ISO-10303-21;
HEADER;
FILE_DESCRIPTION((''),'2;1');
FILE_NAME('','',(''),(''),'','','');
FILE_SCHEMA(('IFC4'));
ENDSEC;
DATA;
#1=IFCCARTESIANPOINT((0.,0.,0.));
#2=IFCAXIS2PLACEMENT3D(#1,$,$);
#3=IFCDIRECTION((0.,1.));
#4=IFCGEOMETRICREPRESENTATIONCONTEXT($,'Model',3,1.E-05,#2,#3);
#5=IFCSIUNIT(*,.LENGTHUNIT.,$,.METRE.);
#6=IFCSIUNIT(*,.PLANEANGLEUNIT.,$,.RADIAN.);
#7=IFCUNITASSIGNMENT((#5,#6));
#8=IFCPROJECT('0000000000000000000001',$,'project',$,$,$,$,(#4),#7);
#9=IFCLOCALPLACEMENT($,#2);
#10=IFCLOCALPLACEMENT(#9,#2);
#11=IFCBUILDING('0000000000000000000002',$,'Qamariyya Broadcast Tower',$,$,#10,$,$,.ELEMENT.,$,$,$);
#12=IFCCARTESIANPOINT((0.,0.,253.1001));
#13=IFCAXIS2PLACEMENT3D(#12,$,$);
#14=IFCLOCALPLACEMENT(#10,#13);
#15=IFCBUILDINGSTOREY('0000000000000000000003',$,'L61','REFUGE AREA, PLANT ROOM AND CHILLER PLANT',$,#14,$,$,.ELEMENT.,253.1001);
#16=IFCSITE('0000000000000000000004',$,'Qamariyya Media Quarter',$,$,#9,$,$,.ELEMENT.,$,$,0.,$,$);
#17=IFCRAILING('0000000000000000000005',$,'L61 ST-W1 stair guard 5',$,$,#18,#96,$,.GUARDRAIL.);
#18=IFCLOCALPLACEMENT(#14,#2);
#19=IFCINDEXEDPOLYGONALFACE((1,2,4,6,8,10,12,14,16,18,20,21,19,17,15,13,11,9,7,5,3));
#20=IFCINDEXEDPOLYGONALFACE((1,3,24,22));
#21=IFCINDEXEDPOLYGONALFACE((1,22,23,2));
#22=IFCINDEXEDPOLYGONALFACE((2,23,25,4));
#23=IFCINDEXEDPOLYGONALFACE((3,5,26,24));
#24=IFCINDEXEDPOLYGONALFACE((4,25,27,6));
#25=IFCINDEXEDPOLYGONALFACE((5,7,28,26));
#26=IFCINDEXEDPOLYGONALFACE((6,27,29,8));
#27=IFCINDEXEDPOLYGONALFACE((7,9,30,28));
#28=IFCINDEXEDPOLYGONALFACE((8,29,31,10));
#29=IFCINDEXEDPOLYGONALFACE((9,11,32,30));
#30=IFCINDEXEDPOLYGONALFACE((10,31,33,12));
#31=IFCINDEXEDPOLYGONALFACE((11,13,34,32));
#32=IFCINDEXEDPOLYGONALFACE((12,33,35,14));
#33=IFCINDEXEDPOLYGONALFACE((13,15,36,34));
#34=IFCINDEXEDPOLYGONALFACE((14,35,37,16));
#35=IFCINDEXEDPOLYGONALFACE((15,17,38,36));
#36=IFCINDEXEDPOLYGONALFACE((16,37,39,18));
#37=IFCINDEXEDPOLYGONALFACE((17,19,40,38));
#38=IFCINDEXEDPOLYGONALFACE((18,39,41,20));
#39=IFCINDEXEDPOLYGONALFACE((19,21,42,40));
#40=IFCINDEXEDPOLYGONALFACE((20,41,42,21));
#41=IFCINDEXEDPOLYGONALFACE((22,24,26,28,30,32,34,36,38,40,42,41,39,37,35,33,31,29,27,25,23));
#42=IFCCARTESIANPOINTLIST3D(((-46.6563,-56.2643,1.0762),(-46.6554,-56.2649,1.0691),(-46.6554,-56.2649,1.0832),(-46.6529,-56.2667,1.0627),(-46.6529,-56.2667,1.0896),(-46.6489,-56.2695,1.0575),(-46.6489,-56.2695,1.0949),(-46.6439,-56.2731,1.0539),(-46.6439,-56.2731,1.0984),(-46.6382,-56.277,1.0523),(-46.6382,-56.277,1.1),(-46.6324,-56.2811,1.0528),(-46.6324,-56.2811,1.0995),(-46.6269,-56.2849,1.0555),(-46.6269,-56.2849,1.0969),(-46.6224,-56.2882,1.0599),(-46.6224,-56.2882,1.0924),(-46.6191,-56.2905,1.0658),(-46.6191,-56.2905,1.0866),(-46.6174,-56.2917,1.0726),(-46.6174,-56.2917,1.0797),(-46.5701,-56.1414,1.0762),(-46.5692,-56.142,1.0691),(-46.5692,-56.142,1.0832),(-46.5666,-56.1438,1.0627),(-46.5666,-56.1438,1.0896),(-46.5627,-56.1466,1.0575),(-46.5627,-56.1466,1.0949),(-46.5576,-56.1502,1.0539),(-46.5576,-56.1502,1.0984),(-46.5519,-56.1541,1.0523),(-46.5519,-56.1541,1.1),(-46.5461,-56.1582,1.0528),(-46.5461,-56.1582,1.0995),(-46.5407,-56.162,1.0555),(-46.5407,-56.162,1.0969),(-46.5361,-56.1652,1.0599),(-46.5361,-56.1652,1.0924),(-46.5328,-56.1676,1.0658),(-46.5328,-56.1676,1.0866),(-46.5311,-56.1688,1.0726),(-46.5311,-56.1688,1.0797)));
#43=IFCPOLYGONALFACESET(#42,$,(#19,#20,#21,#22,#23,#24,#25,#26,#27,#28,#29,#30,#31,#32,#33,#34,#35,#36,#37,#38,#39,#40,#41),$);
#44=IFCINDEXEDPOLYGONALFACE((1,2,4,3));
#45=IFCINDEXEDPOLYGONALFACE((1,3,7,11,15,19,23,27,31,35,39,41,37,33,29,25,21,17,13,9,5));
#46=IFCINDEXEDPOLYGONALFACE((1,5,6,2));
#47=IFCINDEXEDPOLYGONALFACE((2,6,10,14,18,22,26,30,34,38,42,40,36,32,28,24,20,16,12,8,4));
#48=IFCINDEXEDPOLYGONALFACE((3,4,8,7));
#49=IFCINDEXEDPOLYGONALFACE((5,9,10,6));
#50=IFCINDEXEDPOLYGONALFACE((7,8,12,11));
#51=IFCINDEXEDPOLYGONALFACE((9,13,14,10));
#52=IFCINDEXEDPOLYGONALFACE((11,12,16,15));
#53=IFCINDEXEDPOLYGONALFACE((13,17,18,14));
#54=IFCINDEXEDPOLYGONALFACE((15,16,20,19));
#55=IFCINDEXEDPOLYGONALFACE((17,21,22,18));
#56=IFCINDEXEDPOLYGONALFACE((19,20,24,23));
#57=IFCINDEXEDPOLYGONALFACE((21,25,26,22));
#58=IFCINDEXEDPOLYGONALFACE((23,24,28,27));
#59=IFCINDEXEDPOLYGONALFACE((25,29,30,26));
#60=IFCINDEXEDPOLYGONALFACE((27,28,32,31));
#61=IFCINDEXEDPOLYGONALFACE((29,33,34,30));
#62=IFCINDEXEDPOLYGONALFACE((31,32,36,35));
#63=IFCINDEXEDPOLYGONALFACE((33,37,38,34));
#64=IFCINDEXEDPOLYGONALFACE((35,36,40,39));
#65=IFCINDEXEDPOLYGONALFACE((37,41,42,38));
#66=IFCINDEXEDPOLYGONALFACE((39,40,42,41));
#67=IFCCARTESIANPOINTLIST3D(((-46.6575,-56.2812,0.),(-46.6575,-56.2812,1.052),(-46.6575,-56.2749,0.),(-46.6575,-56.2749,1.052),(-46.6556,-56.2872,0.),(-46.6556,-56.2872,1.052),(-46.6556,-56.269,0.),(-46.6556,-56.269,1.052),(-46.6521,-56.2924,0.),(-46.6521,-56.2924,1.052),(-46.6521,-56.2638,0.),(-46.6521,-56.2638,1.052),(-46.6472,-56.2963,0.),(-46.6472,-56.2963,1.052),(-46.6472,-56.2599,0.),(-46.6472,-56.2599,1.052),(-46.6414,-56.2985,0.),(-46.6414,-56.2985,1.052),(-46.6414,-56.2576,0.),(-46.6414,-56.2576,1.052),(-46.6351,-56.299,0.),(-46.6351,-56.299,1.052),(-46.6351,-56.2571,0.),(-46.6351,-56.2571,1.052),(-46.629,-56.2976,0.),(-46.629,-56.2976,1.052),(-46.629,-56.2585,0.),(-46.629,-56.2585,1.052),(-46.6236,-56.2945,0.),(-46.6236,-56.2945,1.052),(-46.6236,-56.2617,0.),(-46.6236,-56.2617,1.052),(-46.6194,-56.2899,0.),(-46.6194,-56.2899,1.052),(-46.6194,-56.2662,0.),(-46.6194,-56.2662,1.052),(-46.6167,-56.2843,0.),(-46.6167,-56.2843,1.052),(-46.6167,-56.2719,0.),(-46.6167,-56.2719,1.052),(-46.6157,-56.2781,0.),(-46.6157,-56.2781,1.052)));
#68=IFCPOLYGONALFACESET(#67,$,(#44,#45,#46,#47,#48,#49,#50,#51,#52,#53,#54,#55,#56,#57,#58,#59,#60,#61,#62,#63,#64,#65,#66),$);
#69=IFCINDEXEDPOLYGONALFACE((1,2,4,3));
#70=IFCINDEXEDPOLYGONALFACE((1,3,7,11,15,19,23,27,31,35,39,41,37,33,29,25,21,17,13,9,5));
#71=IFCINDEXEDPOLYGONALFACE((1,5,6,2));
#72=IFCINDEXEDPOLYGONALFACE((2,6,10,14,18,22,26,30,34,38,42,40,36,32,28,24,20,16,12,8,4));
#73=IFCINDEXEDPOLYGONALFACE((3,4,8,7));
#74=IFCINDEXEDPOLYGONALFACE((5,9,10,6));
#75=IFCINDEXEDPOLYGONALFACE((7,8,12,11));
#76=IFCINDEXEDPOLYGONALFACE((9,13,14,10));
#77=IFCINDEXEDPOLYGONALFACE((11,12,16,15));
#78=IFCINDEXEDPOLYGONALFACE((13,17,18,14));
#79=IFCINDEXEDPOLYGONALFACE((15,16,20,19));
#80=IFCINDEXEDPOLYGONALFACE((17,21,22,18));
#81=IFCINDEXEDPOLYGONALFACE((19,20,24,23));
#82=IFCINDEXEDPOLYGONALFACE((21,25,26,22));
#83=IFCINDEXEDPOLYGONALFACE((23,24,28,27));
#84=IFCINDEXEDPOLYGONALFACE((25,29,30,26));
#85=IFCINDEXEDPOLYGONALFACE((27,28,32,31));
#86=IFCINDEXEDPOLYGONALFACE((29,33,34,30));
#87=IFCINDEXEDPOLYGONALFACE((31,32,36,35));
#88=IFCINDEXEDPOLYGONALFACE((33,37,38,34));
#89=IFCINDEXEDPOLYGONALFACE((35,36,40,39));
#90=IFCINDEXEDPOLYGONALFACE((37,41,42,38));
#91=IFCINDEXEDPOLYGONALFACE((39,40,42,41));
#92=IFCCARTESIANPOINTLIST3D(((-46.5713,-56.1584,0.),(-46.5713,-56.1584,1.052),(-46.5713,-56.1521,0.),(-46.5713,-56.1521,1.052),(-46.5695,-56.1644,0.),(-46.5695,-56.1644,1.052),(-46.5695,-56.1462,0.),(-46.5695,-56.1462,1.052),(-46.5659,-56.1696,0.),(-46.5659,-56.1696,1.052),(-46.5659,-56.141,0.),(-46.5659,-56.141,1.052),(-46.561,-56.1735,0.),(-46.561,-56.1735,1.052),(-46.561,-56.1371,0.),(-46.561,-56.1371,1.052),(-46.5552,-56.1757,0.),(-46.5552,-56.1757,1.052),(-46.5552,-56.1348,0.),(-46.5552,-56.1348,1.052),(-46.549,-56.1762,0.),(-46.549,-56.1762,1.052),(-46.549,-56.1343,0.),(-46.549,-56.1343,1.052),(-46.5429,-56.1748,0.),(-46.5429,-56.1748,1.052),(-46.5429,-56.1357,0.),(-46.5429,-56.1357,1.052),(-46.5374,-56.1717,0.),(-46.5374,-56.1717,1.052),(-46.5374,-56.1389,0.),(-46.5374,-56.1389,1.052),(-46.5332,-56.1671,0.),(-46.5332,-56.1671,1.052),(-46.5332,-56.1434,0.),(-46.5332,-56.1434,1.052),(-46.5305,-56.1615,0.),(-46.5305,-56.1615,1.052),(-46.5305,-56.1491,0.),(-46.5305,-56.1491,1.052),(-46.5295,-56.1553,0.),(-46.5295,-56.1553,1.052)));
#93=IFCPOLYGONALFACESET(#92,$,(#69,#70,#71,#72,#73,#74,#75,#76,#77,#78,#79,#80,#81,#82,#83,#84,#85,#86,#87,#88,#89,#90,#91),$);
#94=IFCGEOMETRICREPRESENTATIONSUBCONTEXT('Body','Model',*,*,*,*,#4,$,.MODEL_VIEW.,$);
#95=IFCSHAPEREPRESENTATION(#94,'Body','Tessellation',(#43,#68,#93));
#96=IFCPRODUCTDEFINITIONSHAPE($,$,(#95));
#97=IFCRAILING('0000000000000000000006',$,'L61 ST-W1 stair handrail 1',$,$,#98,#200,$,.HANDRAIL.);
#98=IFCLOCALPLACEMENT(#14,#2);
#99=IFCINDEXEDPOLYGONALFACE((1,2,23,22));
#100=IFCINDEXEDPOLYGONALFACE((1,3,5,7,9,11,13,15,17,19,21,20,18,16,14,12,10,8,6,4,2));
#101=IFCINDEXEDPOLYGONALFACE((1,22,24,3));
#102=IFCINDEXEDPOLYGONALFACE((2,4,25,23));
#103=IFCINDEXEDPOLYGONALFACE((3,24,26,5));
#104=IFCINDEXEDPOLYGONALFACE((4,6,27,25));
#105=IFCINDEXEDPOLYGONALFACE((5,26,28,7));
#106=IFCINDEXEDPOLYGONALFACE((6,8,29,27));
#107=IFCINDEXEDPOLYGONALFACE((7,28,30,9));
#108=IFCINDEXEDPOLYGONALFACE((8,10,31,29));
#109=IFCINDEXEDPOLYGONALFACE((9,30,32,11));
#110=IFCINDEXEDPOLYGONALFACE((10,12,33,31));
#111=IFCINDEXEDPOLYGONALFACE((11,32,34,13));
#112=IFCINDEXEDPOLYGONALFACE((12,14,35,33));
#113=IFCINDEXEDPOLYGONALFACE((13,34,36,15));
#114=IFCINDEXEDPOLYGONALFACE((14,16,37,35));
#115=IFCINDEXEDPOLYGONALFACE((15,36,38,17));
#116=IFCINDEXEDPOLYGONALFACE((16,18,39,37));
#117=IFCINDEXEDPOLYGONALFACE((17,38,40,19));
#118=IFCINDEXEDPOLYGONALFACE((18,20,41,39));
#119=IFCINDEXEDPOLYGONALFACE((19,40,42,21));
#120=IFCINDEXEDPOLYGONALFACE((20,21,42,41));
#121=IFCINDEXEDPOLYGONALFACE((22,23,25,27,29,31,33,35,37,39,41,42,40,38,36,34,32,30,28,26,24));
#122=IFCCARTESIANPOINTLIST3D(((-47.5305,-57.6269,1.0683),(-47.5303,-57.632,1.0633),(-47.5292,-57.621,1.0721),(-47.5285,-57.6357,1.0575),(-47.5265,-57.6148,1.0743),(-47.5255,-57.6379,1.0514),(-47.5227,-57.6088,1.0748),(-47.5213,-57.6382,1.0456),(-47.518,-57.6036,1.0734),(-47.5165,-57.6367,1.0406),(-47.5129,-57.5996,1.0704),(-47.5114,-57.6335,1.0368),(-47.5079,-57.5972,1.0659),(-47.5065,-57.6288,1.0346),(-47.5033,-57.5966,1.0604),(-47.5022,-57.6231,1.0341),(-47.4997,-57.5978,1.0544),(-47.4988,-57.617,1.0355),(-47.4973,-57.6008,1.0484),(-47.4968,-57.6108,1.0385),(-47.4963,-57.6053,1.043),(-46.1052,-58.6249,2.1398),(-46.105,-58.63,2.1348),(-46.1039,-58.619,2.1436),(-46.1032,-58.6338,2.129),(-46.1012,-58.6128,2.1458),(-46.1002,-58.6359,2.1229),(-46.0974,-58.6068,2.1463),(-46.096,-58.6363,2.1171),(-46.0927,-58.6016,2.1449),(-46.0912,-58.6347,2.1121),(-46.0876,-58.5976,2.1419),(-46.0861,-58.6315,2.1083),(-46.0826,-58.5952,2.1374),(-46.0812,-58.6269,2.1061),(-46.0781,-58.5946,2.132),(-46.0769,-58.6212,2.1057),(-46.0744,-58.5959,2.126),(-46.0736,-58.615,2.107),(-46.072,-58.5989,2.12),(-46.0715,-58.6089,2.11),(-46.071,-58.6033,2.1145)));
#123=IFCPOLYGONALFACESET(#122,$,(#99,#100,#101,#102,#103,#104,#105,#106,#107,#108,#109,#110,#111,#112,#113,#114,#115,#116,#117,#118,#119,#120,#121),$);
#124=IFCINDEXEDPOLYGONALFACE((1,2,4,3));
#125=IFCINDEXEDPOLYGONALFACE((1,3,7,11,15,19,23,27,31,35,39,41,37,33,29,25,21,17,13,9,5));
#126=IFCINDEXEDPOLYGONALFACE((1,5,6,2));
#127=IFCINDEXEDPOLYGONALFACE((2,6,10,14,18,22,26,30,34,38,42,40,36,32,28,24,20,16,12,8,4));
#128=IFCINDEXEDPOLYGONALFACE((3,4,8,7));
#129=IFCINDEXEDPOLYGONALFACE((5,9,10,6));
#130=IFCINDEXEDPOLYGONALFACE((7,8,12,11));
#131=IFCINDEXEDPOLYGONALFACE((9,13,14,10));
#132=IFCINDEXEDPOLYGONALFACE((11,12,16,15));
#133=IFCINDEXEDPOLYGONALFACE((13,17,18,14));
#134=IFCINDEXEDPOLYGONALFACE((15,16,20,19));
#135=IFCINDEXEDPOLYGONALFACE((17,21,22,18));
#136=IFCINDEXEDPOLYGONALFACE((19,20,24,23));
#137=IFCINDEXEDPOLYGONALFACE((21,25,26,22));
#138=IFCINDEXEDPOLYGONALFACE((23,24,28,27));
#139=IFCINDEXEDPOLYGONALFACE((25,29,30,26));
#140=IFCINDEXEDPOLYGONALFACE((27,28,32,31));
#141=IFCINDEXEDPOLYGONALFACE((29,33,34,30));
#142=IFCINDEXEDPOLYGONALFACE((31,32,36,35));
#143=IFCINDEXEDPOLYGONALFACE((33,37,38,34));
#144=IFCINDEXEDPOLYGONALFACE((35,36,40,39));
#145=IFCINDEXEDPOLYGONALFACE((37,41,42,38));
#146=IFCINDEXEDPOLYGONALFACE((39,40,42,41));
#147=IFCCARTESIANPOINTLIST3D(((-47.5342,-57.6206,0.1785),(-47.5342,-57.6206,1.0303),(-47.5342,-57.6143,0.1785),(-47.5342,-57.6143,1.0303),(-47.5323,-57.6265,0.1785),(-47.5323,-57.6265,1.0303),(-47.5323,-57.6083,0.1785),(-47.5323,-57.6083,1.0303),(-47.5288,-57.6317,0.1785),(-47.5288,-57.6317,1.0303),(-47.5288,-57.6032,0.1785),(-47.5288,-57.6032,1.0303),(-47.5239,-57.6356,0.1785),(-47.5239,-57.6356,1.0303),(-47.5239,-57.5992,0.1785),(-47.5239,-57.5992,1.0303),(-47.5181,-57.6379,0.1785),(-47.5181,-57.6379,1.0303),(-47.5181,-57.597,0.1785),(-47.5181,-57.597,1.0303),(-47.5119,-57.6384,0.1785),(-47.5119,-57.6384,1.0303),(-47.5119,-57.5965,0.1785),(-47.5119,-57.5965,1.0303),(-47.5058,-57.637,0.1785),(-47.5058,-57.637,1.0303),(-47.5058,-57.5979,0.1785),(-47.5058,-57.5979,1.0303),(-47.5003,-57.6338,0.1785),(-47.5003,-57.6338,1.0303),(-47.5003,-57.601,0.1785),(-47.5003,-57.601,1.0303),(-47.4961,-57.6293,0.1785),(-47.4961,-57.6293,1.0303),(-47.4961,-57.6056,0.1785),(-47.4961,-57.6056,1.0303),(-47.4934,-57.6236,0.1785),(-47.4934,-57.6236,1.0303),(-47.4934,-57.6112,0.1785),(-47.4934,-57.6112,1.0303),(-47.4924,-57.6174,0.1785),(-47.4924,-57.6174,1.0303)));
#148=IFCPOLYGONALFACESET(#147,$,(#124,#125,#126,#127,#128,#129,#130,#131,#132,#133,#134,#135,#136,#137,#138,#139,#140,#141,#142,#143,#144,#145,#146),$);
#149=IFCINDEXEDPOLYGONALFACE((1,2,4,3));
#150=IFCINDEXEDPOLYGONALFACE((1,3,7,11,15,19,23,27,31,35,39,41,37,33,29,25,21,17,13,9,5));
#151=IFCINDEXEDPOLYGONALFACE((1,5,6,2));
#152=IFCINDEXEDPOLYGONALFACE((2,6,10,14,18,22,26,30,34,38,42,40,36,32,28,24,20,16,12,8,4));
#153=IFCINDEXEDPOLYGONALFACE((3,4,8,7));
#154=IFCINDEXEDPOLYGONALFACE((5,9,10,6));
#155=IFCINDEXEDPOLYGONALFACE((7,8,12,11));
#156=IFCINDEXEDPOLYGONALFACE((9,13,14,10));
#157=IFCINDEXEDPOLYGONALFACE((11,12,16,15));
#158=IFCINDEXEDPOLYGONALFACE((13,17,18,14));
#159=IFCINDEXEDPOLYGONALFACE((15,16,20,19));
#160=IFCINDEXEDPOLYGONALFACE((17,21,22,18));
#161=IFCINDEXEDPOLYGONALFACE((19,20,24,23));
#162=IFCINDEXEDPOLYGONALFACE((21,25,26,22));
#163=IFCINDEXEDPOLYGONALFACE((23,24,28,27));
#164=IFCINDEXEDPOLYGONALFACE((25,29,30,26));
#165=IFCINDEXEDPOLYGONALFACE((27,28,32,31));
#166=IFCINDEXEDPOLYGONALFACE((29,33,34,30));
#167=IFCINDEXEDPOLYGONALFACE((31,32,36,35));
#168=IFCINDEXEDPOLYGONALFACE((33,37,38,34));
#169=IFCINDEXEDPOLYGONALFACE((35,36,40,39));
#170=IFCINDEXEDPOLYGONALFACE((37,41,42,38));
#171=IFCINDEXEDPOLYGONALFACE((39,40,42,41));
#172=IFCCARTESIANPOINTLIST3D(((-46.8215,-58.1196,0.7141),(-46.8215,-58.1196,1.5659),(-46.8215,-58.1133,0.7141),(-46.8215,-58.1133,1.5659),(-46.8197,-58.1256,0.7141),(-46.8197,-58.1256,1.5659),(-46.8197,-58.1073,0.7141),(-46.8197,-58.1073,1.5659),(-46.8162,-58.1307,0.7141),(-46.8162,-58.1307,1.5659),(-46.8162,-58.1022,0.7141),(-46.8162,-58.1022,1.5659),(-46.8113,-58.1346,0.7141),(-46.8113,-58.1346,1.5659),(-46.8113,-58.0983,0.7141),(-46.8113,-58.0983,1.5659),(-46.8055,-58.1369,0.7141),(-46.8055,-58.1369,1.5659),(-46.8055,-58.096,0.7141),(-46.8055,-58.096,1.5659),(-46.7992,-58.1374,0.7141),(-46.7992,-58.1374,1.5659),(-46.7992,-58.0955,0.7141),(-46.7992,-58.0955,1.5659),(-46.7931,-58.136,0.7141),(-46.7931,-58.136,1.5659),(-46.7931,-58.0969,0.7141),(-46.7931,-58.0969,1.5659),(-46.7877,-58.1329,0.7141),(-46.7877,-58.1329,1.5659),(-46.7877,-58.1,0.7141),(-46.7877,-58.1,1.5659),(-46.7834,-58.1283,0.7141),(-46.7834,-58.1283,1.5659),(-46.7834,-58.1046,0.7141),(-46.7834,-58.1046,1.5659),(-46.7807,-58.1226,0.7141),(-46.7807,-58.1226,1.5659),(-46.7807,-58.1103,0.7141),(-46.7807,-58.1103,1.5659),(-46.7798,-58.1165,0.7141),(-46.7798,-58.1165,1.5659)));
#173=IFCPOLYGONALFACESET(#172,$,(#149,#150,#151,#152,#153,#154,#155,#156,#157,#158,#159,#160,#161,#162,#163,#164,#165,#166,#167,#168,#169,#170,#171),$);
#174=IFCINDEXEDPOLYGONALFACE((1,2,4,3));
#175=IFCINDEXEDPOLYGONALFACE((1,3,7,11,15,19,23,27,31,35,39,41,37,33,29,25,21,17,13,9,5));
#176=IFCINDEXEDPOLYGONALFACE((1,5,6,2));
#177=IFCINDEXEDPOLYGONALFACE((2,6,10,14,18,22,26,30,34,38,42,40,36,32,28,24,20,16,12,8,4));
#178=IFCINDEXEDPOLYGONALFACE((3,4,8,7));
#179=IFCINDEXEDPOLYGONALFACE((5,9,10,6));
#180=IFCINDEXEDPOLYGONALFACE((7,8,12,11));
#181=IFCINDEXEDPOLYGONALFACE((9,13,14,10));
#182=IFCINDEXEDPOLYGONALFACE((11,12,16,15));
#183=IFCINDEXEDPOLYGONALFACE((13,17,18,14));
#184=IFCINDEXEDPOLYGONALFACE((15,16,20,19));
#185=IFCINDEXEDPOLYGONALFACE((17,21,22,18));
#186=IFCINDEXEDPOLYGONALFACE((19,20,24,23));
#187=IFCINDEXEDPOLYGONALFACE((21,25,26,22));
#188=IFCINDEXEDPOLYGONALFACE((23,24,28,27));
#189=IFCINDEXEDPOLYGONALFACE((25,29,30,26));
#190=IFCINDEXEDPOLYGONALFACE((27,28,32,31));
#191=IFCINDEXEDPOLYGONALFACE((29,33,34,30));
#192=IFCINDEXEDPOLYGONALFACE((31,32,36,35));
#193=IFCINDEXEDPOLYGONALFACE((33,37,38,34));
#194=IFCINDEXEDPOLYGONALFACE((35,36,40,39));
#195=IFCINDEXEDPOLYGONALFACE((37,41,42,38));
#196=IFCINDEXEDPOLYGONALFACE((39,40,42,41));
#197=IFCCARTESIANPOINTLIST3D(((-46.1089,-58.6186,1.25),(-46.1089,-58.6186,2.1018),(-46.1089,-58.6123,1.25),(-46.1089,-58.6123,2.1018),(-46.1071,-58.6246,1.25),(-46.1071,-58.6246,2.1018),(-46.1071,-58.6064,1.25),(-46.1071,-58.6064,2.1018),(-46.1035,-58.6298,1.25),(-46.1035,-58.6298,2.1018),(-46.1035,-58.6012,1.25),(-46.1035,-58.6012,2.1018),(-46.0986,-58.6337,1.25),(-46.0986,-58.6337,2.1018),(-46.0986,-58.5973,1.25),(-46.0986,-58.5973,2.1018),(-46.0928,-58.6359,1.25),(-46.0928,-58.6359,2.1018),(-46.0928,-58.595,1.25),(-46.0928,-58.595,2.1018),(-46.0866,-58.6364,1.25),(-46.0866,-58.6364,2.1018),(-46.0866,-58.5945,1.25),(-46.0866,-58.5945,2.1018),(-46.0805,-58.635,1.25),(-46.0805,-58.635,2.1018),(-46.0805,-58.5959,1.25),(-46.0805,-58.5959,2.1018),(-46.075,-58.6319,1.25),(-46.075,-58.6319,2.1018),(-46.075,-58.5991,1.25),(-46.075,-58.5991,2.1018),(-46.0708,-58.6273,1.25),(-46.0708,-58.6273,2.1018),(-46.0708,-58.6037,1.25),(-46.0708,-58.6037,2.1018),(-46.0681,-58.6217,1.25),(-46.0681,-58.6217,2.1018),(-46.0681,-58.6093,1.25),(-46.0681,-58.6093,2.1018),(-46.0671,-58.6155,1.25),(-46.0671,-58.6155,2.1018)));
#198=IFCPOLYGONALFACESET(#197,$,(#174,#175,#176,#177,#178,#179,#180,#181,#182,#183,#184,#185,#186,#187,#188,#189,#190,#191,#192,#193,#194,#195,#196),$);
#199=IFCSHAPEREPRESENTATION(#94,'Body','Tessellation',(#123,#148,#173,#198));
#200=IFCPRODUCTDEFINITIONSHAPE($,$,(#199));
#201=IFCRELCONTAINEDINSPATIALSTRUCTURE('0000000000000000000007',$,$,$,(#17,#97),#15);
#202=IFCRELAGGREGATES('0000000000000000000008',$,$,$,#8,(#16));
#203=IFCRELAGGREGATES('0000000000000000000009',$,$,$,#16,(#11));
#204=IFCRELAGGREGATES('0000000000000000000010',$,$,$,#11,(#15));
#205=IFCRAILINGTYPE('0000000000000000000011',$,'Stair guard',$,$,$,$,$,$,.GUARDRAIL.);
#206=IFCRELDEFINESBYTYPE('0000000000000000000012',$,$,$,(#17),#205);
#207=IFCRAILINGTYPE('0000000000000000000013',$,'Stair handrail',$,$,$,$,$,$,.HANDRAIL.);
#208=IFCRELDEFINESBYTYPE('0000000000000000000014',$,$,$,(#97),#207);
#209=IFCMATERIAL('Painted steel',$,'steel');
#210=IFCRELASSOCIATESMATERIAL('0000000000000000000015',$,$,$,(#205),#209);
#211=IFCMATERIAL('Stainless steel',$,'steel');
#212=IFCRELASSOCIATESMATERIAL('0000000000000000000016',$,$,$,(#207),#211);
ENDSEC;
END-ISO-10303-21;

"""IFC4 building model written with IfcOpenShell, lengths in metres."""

from ifc_helpers import new_model, si_unit, direction, frame, origin, origin_2d, place, context, subcontext, project, spatial, circle, extrude, material, type_object, element, save


model = new_model("IFC4")

# Units and contexts
model_context = context("Model", 3, precision=1e-05, world=origin(), true_north=direction((0.0, 1.0)))
body_context = subcontext(model_context, "Body", "Model", "MODEL_VIEW")
ifc_project = project(units=[si_unit("LENGTHUNIT", "METRE"), si_unit("PLANEANGLEUNIT", "RADIAN")], contexts=[model_context])

# Site, building, storey
site_placement = place(None, origin())
site = spatial("IfcSite", under=ifc_project, at=site_placement, Name="Qamariyya Media Quarter", CompositionType="ELEMENT", RefElevation=0.0)
building_placement = place(site_placement, origin())
building = spatial("IfcBuilding", under=site, at=building_placement, Name="Qamariyya Broadcast Tower", CompositionType="ELEMENT")
storey_placement = place(building_placement, frame((0.0, 0.0, 253.1001)))
storey = spatial("IfcBuildingStorey", under=building, at=storey_placement, Name="L61", Description="REFUGE AREA, PLANT ROOM AND CHILLER PLANT", CompositionType="ELEMENT", Elevation=253.1001)

# Railings
ifc_material_1 = material(Name="Painted steel", Category="steel")
railing_type_1 = type_object("IfcRailingType", Name="Stair guard", PredefinedType="GUARDRAIL", material=ifc_material_1)
railing_placement = place(storey_placement, frame((-46.6367, -56.2781, 0.0)))
element("IfcRailing", 1, at=railing_placement, inside=storey, type_object=railing_type_1, Name="L61 ST-W1 stair guard 5", PredefinedType="GUARDRAIL", context=body_context, shape_type="SweptSolid", body=[
    extrude(circle(Radius=0.0239, at=origin_2d()), frame((0.0, 0.0, 1.0762), z_axis=(0.574445, 0.818543, 0.0), x_axis=(-0.818543, 0.574445, 0.0)), (0.0, 0.0, 1.0), 0.1501),
    extrude(circle(Radius=0.021, at=origin_2d()), origin(), (0.0, 0.0, 1.0), 1.052),
    extrude(circle(Radius=0.021, at=origin_2d()), frame((0.0862, 0.1228, 0.0)), (0.0, 0.0, 1.0), 1.052),
])
ifc_material_2 = material(Name="Stainless steel", Category="steel")
railing_type_2 = type_object("IfcRailingType", Name="Stair handrail", PredefinedType="HANDRAIL", material=ifc_material_2)
for number, where, name in (
    (2, (-47.5134, -57.6174, 0.1785), "L61 ST-W1 stair handrail 1"),
):
    element("IfcRailing", number, at=place(storey_placement, frame(where)), inside=storey, type_object=railing_type_2, Name=name, PredefinedType="HANDRAIL", context=body_context, shape_type="SweptSolid", body=[
        extrude(circle(Radius=0.0239, at=origin_2d()), frame((0.0, 0.0, 0.876), z_axis=(0.697489, -0.48841, 0.524371), x_axis=(0.573594, 0.81914, 0.0)), (0.0, 0.0, 1.0), 2.0435),
        extrude(circle(Radius=0.021, at=origin_2d()), origin(), (0.0, 0.0, 1.0), 0.8518),
        extrude(circle(Radius=0.021, at=origin_2d()), frame((0.7126, -0.499, 0.5356)), (0.0, 0.0, 1.0), 0.8518),
        extrude(circle(Radius=0.021, at=origin_2d()), frame((1.4253, -0.998, 1.0715)), (0.0, 0.0, 1.0), 0.8518),
    ])

save(model, "model.ifc")
